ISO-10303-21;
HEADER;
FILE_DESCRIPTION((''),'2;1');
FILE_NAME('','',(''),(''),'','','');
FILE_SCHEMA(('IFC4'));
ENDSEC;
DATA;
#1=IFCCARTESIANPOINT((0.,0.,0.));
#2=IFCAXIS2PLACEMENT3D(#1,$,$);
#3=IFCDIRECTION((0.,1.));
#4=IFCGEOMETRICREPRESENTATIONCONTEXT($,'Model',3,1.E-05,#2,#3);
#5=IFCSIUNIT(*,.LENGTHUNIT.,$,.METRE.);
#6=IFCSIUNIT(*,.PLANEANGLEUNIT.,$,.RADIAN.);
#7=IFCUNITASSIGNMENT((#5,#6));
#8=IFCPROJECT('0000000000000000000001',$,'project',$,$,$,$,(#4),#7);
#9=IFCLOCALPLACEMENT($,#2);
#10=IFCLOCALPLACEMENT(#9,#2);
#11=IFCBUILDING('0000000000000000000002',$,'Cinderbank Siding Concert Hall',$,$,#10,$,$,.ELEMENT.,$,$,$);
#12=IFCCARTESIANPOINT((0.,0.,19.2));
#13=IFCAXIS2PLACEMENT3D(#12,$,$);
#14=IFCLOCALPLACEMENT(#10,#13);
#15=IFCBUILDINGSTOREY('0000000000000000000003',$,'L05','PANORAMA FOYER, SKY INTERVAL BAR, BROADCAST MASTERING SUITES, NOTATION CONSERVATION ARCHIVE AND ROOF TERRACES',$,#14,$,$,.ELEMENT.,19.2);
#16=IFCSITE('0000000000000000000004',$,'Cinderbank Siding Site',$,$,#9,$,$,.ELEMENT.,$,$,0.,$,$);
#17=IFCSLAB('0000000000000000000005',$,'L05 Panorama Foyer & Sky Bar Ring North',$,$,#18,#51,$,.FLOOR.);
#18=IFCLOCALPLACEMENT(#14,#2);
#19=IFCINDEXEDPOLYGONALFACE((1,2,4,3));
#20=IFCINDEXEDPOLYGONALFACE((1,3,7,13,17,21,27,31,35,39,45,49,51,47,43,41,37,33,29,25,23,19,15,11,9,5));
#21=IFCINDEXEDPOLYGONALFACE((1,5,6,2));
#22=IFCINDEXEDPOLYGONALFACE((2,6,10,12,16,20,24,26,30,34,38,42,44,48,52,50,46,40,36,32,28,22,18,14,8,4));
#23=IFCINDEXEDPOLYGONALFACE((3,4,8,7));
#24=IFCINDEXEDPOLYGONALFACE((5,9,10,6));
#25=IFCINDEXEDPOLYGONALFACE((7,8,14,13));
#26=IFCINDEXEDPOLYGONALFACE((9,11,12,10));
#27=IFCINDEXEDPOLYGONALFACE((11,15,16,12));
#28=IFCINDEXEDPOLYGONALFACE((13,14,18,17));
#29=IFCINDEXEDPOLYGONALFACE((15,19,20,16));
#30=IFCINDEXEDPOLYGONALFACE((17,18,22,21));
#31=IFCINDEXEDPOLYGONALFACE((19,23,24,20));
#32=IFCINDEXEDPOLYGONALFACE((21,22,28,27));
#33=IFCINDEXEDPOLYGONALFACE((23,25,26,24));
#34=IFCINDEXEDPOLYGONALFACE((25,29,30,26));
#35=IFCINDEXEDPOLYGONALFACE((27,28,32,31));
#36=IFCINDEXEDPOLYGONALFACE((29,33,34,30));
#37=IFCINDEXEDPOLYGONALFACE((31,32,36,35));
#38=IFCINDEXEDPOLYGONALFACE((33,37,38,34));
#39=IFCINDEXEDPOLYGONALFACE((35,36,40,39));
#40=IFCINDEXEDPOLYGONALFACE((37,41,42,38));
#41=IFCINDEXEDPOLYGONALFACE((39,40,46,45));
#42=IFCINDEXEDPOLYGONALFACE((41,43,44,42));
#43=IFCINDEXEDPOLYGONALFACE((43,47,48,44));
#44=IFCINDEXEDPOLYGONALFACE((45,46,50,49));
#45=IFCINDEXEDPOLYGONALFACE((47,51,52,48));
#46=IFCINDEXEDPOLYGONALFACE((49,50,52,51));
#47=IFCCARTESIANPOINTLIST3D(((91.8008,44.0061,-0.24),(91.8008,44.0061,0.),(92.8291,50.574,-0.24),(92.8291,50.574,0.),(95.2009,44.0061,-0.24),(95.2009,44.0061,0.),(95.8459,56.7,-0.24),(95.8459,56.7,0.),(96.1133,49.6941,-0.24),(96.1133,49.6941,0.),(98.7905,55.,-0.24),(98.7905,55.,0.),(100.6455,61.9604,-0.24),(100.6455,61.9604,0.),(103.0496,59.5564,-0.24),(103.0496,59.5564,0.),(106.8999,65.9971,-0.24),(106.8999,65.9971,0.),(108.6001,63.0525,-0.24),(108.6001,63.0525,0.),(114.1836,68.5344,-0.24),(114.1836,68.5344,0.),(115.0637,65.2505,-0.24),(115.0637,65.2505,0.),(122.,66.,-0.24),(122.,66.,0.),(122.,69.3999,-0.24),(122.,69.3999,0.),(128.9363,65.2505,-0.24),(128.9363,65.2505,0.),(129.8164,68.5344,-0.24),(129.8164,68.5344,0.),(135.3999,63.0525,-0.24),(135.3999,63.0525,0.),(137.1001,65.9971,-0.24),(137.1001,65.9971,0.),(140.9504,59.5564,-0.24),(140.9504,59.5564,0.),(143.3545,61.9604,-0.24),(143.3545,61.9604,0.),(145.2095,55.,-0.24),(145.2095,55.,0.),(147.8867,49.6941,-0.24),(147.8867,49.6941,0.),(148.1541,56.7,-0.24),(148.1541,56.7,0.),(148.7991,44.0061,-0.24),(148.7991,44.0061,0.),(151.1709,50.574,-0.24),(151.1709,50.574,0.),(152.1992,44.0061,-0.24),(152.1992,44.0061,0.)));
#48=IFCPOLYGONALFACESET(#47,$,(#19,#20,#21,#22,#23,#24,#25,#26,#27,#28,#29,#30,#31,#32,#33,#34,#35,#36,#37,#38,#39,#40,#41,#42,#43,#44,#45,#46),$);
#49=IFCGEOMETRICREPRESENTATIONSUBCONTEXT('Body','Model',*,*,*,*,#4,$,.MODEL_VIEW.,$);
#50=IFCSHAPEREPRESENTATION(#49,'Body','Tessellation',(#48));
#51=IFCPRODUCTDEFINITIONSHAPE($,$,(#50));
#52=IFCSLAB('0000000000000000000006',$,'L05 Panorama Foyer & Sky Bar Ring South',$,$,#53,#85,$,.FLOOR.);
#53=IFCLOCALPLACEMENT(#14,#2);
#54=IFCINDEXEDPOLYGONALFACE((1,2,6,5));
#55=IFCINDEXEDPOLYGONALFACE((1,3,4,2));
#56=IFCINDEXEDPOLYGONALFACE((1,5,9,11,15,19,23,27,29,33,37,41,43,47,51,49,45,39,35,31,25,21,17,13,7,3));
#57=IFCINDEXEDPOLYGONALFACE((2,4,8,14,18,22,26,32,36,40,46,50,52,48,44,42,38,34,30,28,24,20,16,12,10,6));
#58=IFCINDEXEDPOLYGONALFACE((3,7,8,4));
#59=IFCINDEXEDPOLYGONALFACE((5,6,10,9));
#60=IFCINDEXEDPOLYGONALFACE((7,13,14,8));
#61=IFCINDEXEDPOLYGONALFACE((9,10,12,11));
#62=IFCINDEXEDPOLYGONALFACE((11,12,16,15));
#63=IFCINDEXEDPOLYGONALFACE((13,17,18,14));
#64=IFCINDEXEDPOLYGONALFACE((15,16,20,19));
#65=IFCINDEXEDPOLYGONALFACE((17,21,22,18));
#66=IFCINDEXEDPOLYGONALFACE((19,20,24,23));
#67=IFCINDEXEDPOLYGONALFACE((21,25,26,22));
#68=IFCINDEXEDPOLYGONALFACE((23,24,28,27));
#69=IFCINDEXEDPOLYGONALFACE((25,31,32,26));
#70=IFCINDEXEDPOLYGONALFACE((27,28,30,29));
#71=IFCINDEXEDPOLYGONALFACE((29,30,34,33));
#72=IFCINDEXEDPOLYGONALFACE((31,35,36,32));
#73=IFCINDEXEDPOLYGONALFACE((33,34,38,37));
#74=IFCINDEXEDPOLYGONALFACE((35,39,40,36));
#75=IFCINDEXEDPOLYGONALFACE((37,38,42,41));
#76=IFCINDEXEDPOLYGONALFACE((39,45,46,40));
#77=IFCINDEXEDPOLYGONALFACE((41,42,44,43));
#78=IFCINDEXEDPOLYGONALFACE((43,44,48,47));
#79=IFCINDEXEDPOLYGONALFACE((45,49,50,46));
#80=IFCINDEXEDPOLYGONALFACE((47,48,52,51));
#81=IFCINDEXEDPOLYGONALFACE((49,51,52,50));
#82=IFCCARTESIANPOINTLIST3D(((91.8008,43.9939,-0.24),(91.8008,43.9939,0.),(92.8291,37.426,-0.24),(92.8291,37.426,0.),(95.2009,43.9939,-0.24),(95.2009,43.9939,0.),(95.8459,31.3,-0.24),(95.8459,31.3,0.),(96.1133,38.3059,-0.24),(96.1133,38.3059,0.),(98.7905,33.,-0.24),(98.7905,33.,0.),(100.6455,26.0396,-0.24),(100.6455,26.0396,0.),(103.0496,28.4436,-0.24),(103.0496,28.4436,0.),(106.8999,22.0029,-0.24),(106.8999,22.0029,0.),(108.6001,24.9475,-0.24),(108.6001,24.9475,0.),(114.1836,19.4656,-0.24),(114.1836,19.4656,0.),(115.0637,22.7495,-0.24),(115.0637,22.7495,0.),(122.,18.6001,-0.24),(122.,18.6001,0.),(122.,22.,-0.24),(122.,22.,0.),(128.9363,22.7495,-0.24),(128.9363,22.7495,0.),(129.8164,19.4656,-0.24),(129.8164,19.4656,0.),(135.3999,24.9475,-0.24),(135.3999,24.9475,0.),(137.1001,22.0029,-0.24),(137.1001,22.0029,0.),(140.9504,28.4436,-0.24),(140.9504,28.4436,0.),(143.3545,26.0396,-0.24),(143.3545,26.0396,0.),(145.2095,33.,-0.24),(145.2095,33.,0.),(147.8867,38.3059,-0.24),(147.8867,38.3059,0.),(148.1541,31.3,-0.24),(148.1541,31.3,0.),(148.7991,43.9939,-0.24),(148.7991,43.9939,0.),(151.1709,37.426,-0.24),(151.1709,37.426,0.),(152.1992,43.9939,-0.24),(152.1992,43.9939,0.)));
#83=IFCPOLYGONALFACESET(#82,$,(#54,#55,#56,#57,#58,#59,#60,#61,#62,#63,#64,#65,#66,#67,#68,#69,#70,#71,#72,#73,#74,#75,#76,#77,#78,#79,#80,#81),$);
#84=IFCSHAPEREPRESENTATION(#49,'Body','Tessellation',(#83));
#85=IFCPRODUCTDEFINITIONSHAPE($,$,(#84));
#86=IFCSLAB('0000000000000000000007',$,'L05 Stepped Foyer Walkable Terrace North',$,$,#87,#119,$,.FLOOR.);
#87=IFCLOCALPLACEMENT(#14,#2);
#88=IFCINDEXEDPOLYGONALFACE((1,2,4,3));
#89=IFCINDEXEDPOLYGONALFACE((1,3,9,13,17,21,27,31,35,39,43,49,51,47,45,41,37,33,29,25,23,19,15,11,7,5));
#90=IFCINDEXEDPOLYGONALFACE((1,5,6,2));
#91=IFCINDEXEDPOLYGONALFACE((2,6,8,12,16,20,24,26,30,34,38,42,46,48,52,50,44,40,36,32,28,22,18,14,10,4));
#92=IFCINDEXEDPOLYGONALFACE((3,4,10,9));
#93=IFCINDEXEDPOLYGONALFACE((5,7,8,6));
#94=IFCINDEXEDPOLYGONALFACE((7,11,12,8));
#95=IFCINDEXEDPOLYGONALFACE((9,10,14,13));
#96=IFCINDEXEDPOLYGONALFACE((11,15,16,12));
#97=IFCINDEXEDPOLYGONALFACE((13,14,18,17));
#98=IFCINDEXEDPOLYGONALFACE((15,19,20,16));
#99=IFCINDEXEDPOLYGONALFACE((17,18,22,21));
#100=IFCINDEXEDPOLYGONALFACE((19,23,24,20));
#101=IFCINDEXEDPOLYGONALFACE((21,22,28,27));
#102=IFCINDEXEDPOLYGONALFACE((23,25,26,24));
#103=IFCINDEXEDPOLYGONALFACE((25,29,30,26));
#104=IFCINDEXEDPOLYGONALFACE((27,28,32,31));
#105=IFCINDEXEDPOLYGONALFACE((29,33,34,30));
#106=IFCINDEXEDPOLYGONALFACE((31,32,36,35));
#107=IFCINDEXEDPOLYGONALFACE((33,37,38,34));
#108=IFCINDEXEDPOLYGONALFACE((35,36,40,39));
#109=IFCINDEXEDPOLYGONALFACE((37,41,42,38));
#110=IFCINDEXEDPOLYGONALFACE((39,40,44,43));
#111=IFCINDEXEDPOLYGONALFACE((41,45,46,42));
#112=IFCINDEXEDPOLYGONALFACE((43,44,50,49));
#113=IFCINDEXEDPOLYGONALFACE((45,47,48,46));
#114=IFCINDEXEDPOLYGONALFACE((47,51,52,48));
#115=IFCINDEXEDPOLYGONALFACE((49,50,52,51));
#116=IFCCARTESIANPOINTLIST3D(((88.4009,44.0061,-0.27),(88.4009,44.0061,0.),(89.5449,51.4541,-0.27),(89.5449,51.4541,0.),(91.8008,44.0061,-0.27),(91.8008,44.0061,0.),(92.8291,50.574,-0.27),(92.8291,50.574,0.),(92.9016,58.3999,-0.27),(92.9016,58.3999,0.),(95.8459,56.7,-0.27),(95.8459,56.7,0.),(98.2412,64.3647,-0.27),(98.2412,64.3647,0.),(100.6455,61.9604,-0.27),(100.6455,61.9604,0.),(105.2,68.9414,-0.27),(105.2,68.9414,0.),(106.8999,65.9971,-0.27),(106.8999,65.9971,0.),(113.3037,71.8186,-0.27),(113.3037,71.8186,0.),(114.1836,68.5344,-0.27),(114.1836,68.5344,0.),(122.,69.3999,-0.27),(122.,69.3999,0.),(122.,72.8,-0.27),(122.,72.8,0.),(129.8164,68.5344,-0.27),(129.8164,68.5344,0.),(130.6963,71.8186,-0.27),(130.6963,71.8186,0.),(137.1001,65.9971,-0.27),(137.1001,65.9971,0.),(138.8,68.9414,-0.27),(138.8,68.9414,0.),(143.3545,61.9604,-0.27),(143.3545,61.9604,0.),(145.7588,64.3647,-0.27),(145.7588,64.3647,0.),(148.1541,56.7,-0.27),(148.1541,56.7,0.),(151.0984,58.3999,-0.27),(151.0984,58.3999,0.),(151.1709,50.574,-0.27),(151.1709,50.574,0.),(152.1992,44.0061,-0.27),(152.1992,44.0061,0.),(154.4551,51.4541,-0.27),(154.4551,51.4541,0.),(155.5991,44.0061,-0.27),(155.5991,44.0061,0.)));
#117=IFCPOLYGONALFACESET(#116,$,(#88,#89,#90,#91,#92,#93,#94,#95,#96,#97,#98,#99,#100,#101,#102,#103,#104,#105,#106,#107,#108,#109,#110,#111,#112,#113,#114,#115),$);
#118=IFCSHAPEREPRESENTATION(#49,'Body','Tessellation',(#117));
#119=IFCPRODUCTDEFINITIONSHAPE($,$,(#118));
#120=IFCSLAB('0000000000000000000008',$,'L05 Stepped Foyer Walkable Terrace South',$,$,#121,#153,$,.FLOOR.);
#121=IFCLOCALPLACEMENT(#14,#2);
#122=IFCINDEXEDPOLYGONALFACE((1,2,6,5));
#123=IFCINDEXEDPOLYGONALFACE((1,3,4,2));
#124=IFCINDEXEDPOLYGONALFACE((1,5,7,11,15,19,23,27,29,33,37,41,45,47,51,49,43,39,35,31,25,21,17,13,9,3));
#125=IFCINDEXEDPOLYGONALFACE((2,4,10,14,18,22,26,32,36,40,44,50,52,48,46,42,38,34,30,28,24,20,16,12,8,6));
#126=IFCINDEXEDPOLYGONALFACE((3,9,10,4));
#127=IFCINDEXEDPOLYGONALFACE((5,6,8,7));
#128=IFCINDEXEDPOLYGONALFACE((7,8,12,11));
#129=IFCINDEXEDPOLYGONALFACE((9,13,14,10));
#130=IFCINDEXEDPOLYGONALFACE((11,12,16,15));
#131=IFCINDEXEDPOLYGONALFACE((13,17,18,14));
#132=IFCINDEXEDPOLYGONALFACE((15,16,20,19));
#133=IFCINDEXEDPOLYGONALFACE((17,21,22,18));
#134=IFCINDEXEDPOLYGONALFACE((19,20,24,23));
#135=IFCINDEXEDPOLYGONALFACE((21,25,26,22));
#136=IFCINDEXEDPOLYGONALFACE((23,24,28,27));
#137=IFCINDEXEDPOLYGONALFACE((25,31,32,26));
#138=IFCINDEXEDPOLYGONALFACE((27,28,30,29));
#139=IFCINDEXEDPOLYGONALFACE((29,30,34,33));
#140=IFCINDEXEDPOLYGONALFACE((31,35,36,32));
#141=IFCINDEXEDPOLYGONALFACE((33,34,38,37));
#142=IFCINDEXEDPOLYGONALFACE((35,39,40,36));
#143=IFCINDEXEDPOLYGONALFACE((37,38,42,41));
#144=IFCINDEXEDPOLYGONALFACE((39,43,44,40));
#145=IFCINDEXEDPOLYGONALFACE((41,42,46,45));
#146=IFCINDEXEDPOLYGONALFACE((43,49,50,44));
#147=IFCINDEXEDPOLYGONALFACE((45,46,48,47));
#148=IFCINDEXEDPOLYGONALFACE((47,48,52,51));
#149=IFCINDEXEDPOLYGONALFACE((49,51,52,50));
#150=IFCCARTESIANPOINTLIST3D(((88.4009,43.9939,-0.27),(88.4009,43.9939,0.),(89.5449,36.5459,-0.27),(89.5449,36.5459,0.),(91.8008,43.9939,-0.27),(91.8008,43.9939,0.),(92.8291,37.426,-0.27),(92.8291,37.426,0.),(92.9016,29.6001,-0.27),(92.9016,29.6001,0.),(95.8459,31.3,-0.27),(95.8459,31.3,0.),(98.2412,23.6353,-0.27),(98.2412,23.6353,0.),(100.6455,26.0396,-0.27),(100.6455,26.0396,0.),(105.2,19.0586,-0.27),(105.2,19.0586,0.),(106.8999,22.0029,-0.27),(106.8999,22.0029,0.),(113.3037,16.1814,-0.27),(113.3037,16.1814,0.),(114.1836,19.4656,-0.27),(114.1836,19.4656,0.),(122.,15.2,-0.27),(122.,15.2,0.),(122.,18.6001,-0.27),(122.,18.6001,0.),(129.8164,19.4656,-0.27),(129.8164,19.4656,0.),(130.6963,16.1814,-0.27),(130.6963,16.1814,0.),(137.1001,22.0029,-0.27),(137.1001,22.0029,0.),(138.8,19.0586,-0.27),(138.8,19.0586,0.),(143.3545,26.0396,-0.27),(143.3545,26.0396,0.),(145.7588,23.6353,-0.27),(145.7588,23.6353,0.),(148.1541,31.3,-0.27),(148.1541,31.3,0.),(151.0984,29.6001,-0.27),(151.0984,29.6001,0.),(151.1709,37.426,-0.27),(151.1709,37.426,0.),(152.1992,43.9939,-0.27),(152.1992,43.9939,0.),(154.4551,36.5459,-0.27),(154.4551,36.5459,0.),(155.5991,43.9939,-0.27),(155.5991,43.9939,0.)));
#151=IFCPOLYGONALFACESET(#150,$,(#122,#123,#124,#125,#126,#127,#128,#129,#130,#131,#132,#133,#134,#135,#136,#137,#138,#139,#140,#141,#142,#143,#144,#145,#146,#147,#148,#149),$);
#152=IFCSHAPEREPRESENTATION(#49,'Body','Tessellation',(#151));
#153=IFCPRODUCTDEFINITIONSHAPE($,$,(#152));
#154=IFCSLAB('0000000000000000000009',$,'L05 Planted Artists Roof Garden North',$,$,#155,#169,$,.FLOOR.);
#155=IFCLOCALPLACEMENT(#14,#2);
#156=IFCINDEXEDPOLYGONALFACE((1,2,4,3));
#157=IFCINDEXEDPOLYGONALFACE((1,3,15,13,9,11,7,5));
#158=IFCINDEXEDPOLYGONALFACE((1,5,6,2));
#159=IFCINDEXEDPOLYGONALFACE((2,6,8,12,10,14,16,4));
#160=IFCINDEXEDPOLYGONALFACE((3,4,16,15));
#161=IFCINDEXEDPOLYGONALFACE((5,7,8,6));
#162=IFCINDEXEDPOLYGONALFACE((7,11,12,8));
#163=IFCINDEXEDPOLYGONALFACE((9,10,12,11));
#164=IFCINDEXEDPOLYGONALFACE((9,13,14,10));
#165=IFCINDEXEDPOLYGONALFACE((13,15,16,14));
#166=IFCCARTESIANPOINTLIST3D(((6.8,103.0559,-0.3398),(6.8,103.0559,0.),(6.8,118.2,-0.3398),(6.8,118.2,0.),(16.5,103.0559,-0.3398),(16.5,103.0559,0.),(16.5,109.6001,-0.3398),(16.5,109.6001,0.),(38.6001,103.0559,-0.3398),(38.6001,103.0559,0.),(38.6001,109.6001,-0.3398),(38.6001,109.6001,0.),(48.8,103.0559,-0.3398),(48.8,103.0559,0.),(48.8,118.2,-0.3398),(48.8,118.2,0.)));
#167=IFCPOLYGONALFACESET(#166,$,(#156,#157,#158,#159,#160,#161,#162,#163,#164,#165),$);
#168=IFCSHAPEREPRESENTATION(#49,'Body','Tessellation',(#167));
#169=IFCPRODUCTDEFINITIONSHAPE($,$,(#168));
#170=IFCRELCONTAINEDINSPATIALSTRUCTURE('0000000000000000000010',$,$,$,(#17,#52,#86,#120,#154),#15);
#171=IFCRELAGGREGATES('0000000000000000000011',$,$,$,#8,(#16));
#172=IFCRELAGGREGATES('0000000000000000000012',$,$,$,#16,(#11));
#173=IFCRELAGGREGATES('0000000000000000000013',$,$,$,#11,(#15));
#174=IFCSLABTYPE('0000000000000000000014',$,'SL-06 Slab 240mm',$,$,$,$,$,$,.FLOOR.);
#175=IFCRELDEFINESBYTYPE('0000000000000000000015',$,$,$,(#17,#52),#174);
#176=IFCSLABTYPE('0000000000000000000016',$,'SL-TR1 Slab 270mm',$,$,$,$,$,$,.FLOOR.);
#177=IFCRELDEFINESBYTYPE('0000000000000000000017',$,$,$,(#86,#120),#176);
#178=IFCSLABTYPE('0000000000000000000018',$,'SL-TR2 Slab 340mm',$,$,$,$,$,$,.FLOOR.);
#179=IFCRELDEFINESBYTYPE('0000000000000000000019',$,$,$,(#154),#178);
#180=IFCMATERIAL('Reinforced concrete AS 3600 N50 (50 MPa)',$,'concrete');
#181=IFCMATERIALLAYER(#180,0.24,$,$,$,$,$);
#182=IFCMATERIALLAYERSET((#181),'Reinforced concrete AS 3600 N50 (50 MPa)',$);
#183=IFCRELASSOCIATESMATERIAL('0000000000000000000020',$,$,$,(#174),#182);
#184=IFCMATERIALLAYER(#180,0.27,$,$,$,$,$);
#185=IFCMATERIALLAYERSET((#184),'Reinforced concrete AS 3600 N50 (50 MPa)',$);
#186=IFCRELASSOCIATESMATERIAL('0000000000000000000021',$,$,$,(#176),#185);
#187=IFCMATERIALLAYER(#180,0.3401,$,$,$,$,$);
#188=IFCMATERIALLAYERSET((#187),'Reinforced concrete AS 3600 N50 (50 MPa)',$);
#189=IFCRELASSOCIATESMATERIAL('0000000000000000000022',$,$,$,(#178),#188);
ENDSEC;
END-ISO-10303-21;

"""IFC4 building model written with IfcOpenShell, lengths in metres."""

from ifc_helpers import new_model, si_unit, direction, frame, origin, place, context, subcontext, project, spatial, polyline, outline, extrude, material, layer, layer_set, type_object, element, save


model = new_model("IFC4")

# Units and contexts
model_context = context("Model", 3, precision=1e-05, world=origin(), true_north=direction((0.0, 1.0)))
body_context = subcontext(model_context, "Body", "Model", "MODEL_VIEW")
ifc_project = project(units=[si_unit("LENGTHUNIT", "METRE"), si_unit("PLANEANGLEUNIT", "RADIAN")], contexts=[model_context])

# Site, building, storey
site_placement = place(None, origin())
site = spatial("IfcSite", under=ifc_project, at=site_placement, Name="Cinderbank Siding Site", CompositionType="ELEMENT", RefElevation=0.0)
building_placement = place(site_placement, origin())
building = spatial("IfcBuilding", under=site, at=building_placement, Name="Cinderbank Siding Concert Hall", CompositionType="ELEMENT")
storey_placement = place(building_placement, frame((0.0, 0.0, 19.2)))
storey = spatial("IfcBuildingStorey", under=building, at=storey_placement, Name="L05", Description="PANORAMA FOYER, SKY INTERVAL BAR, BROADCAST MASTERING SUITES, NOTATION CONSERVATION ARCHIVE AND ROOF TERRACES", CompositionType="ELEMENT", Elevation=19.2)

# Shared definitions
ifc_material_1 = material(Name="Reinforced concrete AS 3600 N50 (50 MPa)", Category="concrete")

# Slabs
ifc_layer_1 = layer(ifc_material_1, 0.24)
ifc_layer_set_1 = layer_set([ifc_layer_1], Name="Reinforced concrete AS 3600 N50 (50 MPa)")
slab_type_1 = type_object("IfcSlabType", Name="SL-06 Slab 240mm", PredefinedType="FLOOR", material=ifc_layer_set_1)
slab_1_placement = place(storey_placement, frame((0.0, 0.0, -0.24)))
element("IfcSlab", 1, at=slab_1_placement, inside=storey, type_object=slab_type_1, Name="L05 Panorama Foyer & Sky Bar Ring North", PredefinedType="FLOOR", context=body_context, shape_type="SweptSolid", body=[
    extrude(outline(polyline([(92.8291, 50.574), (95.8459, 56.7), (100.6455, 61.9604), (106.8999, 65.9971), (114.1836, 68.5344), (122.0, 69.3999), (129.8164, 68.5344), (137.1001, 65.9971), (143.3545, 61.9604), (148.1541, 56.7), (151.1709, 50.574), (152.1992, 44.0061), (148.7991, 44.0061), (147.8867, 49.6941), (145.2095, 55.0), (140.9504, 59.5564), (135.3999, 63.0525), (128.9363, 65.2505), (122.0, 66.0), (115.0637, 65.2505), (108.6001, 63.0525), (103.0496, 59.5564), (98.7905, 55.0), (96.1133, 49.6941), (95.2009, 44.0061), (91.8008, 44.0061), (92.8291, 50.574)])), origin(), (0.0, 0.0, 1.0), 0.24),
])
slab_2_placement = place(storey_placement, frame((0.0, 0.0, -0.24)))
element("IfcSlab", 2, at=slab_2_placement, inside=storey, type_object=slab_type_1, Name="L05 Panorama Foyer & Sky Bar Ring South", PredefinedType="FLOOR", context=body_context, shape_type="SweptSolid", body=[
    extrude(outline(polyline([(148.1541, 31.3), (143.3545, 26.0396), (137.1001, 22.0029), (129.8164, 19.4656), (122.0, 18.6001), (114.1836, 19.4656), (106.8999, 22.0029), (100.6455, 26.0396), (95.8459, 31.3), (92.8291, 37.426), (91.8008, 43.9939), (95.2009, 43.9939), (96.1133, 38.3059), (98.7905, 33.0), (103.0496, 28.4436), (108.6001, 24.9475), (115.0637, 22.7495), (122.0, 22.0), (128.9363, 22.7495), (135.3999, 24.9475), (140.9504, 28.4436), (145.2095, 33.0), (147.8867, 38.3059), (148.7991, 43.9939), (152.1992, 43.9939), (151.1709, 37.426), (148.1541, 31.3)])), origin(), (0.0, 0.0, 1.0), 0.24),
])
ifc_layer_2 = layer(ifc_material_1, 0.27)
ifc_layer_set_2 = layer_set([ifc_layer_2], Name="Reinforced concrete AS 3600 N50 (50 MPa)")
slab_type_2 = type_object("IfcSlabType", Name="SL-TR1 Slab 270mm", PredefinedType="FLOOR", material=ifc_layer_set_2)
slab_3_placement = place(storey_placement, frame((0.0, 0.0, -0.27)))
element("IfcSlab", 3, at=slab_3_placement, inside=storey, type_object=slab_type_2, Name="L05 Stepped Foyer Walkable Terrace North", PredefinedType="FLOOR", context=body_context, shape_type="SweptSolid", body=[
    extrude(outline(polyline([(89.5449, 51.4541), (92.9016, 58.3999), (98.2412, 64.3647), (105.2, 68.9414), (113.3037, 71.8186), (122.0, 72.8), (130.6963, 71.8186), (138.8, 68.9414), (145.7588, 64.3647), (151.0984, 58.3999), (154.4551, 51.4541), (155.5991, 44.0061), (152.1992, 44.0061), (151.1709, 50.574), (148.1541, 56.7), (143.3545, 61.9604), (137.1001, 65.9971), (129.8164, 68.5344), (122.0, 69.3999), (114.1836, 68.5344), (106.8999, 65.9971), (100.6455, 61.9604), (95.8459, 56.7), (92.8291, 50.574), (91.8008, 44.0061), (88.4009, 44.0061), (89.5449, 51.4541)])), origin(), (0.0, 0.0, 1.0), 0.27),
])
slab_4_placement = place(storey_placement, frame((0.0, 0.0, -0.27)))
element("IfcSlab", 4, at=slab_4_placement, inside=storey, type_object=slab_type_2, Name="L05 Stepped Foyer Walkable Terrace South", PredefinedType="FLOOR", context=body_context, shape_type="SweptSolid", body=[
    extrude(outline(polyline([(151.0984, 29.6001), (145.7588, 23.6353), (138.8, 19.0586), (130.6963, 16.1814), (122.0, 15.2), (113.3037, 16.1814), (105.2, 19.0586), (98.2412, 23.6353), (92.9016, 29.6001), (89.5449, 36.5459), (88.4009, 43.9939), (91.8008, 43.9939), (92.8291, 37.426), (95.8459, 31.3), (100.6455, 26.0396), (106.8999, 22.0029), (114.1836, 19.4656), (122.0, 18.6001), (129.8164, 19.4656), (137.1001, 22.0029), (143.3545, 26.0396), (148.1541, 31.3), (151.1709, 37.426), (152.1992, 43.9939), (155.5991, 43.9939), (154.4551, 36.5459), (151.0984, 29.6001)])), origin(), (0.0, 0.0, 1.0), 0.27),
])
ifc_layer_3 = layer(ifc_material_1, 0.3401)
ifc_layer_set_3 = layer_set([ifc_layer_3], Name="Reinforced concrete AS 3600 N50 (50 MPa)")
slab_type_3 = type_object("IfcSlabType", Name="SL-TR2 Slab 340mm", PredefinedType="FLOOR", material=ifc_layer_set_3)
slab_5_placement = place(storey_placement, frame((0.0, 0.0, -0.3398)))
element("IfcSlab", 5, at=slab_5_placement, inside=storey, type_object=slab_type_3, Name="L05 Planted Artists Roof Garden North", PredefinedType="FLOOR", context=body_context, shape_type="SweptSolid", body=[
    extrude(outline(polyline([(6.8, 118.2), (48.8, 118.2), (48.8, 103.0559), (38.6001, 103.0559), (38.6001, 109.6001), (16.5, 109.6001), (16.5, 103.0559), (6.8, 103.0559), (6.8, 118.2)])), origin(), (0.0, 0.0, 1.0), 0.3398),
])

save(model, "model.ifc")
